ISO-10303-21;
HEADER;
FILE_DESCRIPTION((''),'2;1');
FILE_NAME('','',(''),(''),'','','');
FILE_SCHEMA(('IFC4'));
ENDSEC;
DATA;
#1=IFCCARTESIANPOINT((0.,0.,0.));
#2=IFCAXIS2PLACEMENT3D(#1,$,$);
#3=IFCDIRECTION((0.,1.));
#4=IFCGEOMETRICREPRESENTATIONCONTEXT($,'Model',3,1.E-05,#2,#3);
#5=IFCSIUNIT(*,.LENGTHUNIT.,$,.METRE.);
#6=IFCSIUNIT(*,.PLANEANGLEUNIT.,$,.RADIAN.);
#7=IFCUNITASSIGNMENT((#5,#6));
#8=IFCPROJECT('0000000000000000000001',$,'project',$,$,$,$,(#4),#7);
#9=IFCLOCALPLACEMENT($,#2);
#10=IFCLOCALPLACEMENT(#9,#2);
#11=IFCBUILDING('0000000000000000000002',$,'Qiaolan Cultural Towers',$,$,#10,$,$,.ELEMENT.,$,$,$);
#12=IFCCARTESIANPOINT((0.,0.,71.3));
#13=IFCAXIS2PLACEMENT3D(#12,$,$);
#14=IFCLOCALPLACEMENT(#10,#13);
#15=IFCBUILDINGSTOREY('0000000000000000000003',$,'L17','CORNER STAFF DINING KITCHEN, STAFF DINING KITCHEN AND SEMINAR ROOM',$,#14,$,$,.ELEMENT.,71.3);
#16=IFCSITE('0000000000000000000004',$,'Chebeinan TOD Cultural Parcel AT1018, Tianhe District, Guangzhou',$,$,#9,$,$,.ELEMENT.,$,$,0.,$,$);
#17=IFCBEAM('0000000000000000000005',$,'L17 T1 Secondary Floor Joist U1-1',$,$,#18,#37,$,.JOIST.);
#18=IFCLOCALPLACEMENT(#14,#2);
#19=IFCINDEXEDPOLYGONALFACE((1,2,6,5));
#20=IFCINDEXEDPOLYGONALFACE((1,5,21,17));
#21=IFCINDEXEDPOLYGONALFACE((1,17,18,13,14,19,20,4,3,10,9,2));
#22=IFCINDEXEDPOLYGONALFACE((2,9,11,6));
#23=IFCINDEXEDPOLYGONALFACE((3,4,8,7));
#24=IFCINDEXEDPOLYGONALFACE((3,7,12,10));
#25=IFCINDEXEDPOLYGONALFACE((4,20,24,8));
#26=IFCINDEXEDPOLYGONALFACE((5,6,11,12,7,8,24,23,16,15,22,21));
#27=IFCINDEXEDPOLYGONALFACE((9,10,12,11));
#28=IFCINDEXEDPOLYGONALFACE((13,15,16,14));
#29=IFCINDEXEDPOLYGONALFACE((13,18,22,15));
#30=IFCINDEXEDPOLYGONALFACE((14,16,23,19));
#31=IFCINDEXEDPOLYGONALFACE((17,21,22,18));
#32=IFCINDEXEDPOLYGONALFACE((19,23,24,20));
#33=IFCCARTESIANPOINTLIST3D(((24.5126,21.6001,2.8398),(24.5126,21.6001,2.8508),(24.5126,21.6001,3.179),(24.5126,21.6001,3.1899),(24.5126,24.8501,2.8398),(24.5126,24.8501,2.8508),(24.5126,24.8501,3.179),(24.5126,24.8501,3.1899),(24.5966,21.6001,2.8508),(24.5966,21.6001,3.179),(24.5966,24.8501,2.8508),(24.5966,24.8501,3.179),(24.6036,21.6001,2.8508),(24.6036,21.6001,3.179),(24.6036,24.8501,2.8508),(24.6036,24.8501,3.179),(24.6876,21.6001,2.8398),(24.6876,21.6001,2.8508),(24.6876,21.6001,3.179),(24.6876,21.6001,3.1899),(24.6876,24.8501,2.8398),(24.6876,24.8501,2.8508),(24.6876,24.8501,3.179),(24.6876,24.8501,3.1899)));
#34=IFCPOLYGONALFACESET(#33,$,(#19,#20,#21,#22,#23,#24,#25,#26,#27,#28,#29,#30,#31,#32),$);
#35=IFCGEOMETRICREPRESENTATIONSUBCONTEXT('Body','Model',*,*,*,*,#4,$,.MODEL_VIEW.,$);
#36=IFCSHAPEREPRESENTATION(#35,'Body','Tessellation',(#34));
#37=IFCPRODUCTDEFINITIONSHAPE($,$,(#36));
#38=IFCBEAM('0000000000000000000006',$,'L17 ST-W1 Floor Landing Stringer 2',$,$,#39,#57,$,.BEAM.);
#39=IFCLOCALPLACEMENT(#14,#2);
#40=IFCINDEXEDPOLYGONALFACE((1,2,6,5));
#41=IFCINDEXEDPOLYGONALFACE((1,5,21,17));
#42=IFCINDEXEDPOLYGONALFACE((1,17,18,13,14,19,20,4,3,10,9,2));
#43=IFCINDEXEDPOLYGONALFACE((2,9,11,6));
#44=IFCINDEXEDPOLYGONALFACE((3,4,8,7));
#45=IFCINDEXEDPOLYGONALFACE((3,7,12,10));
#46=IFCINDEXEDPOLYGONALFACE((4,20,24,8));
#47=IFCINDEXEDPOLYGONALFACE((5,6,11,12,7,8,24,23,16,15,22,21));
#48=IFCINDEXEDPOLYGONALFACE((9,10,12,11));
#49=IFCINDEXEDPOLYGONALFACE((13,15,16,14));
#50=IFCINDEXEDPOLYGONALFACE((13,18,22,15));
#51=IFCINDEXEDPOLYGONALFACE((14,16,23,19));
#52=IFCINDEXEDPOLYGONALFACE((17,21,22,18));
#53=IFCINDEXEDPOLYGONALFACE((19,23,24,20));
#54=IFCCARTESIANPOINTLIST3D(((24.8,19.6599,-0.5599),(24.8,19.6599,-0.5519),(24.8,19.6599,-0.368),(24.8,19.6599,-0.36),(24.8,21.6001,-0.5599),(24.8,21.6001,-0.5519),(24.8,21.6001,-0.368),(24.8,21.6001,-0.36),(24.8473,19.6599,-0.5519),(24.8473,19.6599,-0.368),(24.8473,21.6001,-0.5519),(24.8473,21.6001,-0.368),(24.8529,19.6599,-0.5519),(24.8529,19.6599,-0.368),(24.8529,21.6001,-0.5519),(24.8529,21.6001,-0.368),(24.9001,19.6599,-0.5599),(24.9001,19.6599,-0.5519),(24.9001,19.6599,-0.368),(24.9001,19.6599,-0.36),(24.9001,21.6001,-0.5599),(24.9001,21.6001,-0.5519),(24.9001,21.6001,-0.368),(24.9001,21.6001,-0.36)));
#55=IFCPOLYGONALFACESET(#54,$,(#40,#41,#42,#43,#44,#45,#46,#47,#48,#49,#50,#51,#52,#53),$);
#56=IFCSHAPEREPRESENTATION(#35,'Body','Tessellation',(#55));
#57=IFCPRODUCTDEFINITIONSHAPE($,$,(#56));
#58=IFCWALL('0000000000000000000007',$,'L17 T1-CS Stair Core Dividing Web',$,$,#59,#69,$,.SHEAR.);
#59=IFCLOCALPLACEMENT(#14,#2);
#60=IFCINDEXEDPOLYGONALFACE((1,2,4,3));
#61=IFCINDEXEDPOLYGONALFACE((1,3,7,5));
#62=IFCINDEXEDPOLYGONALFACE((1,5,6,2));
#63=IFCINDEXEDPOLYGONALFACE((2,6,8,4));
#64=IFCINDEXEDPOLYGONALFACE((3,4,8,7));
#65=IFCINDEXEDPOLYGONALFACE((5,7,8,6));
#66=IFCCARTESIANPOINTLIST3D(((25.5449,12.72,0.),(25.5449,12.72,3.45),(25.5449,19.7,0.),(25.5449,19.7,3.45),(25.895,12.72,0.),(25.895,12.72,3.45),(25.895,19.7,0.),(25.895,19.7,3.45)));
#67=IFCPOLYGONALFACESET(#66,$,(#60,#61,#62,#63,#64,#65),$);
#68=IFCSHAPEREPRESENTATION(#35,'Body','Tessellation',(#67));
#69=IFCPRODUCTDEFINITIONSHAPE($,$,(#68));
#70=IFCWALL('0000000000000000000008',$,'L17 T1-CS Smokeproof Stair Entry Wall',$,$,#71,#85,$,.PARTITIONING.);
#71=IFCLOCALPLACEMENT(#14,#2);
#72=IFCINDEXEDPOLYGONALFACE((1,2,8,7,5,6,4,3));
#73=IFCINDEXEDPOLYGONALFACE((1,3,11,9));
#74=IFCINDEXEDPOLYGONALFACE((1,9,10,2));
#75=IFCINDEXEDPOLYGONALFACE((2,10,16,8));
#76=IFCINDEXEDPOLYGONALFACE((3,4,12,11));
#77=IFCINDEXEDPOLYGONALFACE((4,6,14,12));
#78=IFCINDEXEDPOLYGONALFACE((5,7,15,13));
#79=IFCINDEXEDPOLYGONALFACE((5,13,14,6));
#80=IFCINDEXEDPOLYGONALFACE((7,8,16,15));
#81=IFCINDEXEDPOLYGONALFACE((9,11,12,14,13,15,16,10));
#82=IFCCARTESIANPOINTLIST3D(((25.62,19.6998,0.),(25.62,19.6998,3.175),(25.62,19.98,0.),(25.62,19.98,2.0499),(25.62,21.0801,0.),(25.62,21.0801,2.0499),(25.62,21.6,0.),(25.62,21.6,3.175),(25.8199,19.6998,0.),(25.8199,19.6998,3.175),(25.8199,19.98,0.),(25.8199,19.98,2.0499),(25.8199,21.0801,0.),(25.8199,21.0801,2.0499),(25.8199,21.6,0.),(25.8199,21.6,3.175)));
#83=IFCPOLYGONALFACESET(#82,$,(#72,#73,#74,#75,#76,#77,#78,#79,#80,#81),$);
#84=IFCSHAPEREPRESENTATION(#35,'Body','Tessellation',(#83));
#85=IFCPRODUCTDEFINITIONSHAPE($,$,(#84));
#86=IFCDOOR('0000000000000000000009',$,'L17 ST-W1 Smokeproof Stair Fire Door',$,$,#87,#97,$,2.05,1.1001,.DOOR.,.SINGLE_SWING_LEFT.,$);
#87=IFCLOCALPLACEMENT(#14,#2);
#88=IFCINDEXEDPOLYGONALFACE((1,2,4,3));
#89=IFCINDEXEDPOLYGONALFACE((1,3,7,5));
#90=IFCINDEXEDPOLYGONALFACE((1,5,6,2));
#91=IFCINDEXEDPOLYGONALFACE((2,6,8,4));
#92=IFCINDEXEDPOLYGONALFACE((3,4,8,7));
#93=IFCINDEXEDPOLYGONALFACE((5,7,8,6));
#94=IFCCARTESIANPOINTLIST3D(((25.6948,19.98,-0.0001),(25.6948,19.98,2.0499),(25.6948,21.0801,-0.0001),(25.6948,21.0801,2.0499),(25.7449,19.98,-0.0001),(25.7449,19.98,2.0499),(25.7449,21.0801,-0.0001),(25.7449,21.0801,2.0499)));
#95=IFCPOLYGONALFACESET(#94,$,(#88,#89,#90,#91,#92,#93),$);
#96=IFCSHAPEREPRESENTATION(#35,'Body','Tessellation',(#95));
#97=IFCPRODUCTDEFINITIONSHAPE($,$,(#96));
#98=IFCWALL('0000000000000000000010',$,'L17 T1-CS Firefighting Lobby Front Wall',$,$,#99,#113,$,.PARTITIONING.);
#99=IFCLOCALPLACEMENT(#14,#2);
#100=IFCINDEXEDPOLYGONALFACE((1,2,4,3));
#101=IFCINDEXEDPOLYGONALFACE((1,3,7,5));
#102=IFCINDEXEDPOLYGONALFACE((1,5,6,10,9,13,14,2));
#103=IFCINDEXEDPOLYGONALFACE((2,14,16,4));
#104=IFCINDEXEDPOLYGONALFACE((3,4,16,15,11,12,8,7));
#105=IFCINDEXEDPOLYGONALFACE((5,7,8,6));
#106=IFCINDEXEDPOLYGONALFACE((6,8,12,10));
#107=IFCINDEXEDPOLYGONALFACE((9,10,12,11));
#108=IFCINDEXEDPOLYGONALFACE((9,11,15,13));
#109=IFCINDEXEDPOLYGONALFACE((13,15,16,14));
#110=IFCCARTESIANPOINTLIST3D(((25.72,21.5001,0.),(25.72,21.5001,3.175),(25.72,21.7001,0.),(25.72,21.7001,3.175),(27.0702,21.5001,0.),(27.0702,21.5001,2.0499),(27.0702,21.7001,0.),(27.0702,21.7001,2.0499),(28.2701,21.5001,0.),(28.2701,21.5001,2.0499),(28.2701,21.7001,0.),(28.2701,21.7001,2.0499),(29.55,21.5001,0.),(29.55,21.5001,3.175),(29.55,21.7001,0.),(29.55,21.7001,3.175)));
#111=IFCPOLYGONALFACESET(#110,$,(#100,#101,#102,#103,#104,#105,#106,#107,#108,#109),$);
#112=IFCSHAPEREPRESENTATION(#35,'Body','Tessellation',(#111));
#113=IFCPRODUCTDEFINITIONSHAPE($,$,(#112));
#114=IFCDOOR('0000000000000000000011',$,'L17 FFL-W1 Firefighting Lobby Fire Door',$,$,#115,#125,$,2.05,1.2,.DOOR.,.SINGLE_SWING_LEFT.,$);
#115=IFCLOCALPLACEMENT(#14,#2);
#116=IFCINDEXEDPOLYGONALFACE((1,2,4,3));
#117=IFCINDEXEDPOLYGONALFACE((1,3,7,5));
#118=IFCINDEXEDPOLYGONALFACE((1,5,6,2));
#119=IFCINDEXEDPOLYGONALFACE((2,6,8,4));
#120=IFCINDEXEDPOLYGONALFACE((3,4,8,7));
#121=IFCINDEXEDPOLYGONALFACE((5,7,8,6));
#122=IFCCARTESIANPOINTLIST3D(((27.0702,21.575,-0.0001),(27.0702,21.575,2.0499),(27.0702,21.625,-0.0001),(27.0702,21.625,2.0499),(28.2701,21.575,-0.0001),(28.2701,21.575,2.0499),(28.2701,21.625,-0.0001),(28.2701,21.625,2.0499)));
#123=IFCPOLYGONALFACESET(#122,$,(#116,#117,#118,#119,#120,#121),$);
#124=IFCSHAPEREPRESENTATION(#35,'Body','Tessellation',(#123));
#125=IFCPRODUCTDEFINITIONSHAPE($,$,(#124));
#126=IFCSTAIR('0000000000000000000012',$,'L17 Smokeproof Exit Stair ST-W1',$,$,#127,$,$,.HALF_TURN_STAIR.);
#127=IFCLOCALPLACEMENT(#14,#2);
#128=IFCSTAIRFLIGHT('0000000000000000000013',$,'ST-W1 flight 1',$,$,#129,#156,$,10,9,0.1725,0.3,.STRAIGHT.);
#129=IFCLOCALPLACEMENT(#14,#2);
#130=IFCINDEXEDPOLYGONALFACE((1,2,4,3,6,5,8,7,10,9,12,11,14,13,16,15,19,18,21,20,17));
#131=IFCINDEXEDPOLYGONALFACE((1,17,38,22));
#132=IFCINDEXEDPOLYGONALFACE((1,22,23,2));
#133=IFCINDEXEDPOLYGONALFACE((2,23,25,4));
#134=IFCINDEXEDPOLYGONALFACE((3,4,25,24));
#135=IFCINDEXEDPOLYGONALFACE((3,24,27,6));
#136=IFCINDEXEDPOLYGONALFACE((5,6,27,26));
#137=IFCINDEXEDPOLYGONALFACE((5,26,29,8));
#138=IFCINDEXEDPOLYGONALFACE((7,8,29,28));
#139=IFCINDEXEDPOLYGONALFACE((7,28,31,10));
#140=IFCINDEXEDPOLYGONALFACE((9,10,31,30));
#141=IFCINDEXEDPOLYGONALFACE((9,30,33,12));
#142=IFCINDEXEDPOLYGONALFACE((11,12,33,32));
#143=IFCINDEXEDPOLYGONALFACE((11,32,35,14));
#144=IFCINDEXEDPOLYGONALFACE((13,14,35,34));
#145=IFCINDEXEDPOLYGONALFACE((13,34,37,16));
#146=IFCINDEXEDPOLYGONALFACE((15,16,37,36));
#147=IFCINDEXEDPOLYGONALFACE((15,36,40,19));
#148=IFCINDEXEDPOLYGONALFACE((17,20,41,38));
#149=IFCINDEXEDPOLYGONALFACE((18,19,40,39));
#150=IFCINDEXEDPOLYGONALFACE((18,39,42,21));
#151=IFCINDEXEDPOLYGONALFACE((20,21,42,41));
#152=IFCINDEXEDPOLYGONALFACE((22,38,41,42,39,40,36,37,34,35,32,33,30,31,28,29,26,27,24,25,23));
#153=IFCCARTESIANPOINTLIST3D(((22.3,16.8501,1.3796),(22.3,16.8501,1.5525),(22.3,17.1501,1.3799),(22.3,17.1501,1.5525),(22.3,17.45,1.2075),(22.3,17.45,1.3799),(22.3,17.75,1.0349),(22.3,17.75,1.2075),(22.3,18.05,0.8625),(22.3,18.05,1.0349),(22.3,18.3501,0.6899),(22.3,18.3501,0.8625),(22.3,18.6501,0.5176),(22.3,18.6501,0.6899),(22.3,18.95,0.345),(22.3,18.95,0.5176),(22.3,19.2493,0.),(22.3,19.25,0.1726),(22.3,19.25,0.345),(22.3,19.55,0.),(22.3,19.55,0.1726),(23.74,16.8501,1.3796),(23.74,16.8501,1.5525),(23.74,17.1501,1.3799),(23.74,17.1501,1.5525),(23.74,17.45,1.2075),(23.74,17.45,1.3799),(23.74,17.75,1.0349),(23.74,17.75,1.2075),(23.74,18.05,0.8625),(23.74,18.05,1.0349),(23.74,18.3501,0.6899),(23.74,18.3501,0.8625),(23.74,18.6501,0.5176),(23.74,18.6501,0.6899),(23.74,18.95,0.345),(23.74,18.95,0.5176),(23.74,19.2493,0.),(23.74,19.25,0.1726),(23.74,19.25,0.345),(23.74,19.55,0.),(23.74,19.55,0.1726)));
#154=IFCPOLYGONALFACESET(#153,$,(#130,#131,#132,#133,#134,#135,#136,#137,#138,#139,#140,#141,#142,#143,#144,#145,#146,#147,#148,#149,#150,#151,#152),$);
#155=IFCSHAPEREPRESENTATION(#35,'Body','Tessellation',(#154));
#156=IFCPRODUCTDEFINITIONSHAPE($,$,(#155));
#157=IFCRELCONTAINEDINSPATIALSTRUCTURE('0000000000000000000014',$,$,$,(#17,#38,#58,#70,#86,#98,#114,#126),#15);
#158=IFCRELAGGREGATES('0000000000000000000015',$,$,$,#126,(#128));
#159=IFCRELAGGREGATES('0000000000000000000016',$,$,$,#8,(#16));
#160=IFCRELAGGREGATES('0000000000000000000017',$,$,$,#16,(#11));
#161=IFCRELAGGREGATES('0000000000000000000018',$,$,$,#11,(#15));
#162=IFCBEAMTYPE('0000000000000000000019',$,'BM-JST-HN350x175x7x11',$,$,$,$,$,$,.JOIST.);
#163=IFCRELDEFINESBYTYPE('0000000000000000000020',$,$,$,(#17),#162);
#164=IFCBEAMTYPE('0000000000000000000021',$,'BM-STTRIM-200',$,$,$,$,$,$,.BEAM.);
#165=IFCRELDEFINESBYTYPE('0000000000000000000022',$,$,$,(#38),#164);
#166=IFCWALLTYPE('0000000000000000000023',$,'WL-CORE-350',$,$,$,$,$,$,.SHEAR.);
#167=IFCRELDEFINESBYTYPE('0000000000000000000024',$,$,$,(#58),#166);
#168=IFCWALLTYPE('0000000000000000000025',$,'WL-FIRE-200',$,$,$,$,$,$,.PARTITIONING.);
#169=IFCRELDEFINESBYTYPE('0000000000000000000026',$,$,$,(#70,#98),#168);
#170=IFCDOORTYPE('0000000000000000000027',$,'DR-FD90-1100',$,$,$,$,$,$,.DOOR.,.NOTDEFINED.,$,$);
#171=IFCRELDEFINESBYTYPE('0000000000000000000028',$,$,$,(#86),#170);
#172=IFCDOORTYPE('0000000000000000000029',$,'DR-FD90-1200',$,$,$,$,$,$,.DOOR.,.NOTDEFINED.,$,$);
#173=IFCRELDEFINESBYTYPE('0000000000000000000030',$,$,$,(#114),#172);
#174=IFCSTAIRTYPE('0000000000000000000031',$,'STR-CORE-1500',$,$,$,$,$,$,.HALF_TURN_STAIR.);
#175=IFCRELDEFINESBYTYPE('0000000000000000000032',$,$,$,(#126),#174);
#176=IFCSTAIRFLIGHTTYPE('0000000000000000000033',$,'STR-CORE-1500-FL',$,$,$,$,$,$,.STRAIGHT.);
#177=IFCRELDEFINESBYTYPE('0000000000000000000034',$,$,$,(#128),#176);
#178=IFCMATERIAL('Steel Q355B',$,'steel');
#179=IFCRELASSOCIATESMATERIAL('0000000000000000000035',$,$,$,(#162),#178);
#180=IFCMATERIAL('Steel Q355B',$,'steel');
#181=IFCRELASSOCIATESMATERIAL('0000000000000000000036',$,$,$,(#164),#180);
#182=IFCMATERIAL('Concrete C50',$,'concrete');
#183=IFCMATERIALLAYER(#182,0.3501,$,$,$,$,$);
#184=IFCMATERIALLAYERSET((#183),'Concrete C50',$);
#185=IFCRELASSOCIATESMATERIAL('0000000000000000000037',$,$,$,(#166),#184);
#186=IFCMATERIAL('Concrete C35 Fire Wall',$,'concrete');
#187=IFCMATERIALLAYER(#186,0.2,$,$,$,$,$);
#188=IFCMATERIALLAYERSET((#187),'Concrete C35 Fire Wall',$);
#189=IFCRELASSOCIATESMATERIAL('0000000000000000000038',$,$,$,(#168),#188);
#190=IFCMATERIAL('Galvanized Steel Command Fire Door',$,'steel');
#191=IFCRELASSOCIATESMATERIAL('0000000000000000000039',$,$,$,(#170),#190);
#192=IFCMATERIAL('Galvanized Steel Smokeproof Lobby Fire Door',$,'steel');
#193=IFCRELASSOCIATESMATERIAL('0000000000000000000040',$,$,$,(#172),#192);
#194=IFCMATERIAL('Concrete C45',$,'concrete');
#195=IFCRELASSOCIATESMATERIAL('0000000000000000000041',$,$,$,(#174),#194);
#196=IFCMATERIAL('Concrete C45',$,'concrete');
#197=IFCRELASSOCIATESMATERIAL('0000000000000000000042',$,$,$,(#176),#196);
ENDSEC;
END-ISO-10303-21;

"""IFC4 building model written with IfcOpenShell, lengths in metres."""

from ifc_helpers import new_model, si_unit, direction, frame, frame_2d, origin, origin_2d, place, context, subcontext, project, spatial, polyline, rectangle, i_section, outline, extrude, material, layer, layer_set, material_profile, profile_set, type_object, element, fill, aggregate, save


model = new_model("IFC4")

# Units and contexts
model_context = context("Model", 3, precision=1e-05, world=origin(), true_north=direction((0.0, 1.0)))
body_context = subcontext(model_context, "Body", "Model", "MODEL_VIEW")
ifc_project = project(units=[si_unit("LENGTHUNIT", "METRE"), si_unit("PLANEANGLEUNIT", "RADIAN")], contexts=[model_context])

# Site, building, storey
site_placement = place(None, origin())
site = spatial("IfcSite", under=ifc_project, at=site_placement, Name="Chebeinan TOD Cultural Parcel AT1018, Tianhe District, Guangzhou", CompositionType="ELEMENT", RefElevation=0.0)
building_placement = place(site_placement, origin())
building = spatial("IfcBuilding", under=site, at=building_placement, Name="Qiaolan Cultural Towers", CompositionType="ELEMENT")
storey_placement = place(building_placement, frame((0.0, 0.0, 71.3)))
storey = spatial("IfcBuildingStorey", under=building, at=storey_placement, Name="L17", Description="CORNER STAFF DINING KITCHEN, STAFF DINING KITCHEN AND SEMINAR ROOM", CompositionType="ELEMENT", Elevation=71.3)

# Beams
ifc_material_1 = material(Name="Steel Q355B", Category="steel")
ifc_material_profile_1 = material_profile(ifc_material_1, i_section(OverallWidth=0.175, OverallDepth=0.3501, WebThickness=0.0071, FlangeThickness=0.011, at=origin_2d()), Name="HN350x175x7x11")
ifc_profile_set_1 = profile_set([ifc_material_profile_1], Name="Steel Q355B")
beam_type_1 = type_object("IfcBeamType", Name="BM-JST-HN350x175x7x11", PredefinedType="JOIST", material=ifc_profile_set_1)
beam_1_placement = place(storey_placement, frame((24.6001, 21.6001, 3.0149), z_axis=(0.0, 1.0, 0.0), x_axis=(-1.0, 0.0, 0.0)))
element("IfcBeam", 1, at=beam_1_placement, inside=storey, type_object=beam_type_1, Name="L17 T1 Secondary Floor Joist U1-1", PredefinedType="JOIST", context=body_context, shape_type="SweptSolid", body=[
    extrude(i_section(OverallWidth=0.175, OverallDepth=0.3501, WebThickness=0.0071, FlangeThickness=0.011, at=origin_2d()), origin(), (0.0, 0.0, 1.0), 3.25),
])
ifc_material_2 = material(Name="Steel Q355B", Category="steel")
ifc_material_profile_2 = material_profile(ifc_material_2, i_section(OverallWidth=0.1001, OverallDepth=0.2, WebThickness=0.0056, FlangeThickness=0.0081, at=origin_2d()), Name="HN200x100x5.5x8")
ifc_profile_set_2 = profile_set([ifc_material_profile_2], Name="Steel Q355B")
beam_type_2 = type_object("IfcBeamType", Name="BM-STTRIM-200", PredefinedType="BEAM", material=ifc_profile_set_2)
beam_2_placement = place(storey_placement, frame((24.8501, 21.6001, -0.46), z_axis=(0.0, -1.0, 0.0), x_axis=(1.0, 0.0, 0.0)))
element("IfcBeam", 2, at=beam_2_placement, inside=storey, type_object=beam_type_2, Name="L17 ST-W1 Floor Landing Stringer 2", PredefinedType="BEAM", context=body_context, shape_type="SweptSolid", body=[
    extrude(i_section(OverallWidth=0.1001, OverallDepth=0.2, WebThickness=0.0056, FlangeThickness=0.0081, at=origin_2d()), origin(), (0.0, 0.0, 1.0), 1.9402),
])

# Wall
ifc_material_3 = material(Name="Concrete C50", Category="concrete")
ifc_layer_1 = layer(ifc_material_3, 0.3501)
ifc_layer_set_1 = layer_set([ifc_layer_1], Name="Concrete C50")
wall_type_1 = type_object("IfcWallType", Name="WL-CORE-350", PredefinedType="SHEAR", material=ifc_layer_set_1)
wall_1_placement = place(storey_placement, frame((25.72, 19.7, 0.0), z_axis=(0.0, 0.0, 1.0), x_axis=(0.0, -1.0, 0.0)))
element("IfcWall", 3, at=wall_1_placement, inside=storey, type_object=wall_type_1, Name="L17 T1-CS Stair Core Dividing Web", PredefinedType="SHEAR", context=body_context, shape_type="SweptSolid", body=[
    extrude(rectangle(XDim=6.98, YDim=0.3501, at=frame_2d((3.49, 0.0))), origin(), (0.0, 0.0, 1.0), 3.45),
])

# Walls, openings, doors
ifc_material_4 = material(Name="Concrete C35 Fire Wall", Category="concrete")
ifc_layer_2 = layer(ifc_material_4, 0.2)
ifc_layer_set_2 = layer_set([ifc_layer_2], Name="Concrete C35 Fire Wall")
wall_type_2 = type_object("IfcWallType", Name="WL-FIRE-200", PredefinedType="PARTITIONING", material=ifc_layer_set_2)
wall_2_placement = place(storey_placement, frame((25.72, 21.6001, 0.0), z_axis=(0.0, 0.0, 1.0), x_axis=(0.0, -1.0, 0.0)))
wall_2 = element("IfcWall", 4, at=wall_2_placement, inside=storey, type_object=wall_type_2, Name="L17 T1-CS Smokeproof Stair Entry Wall", PredefinedType="PARTITIONING", context=body_context, shape_type="SweptSolid", body=[
    extrude(rectangle(XDim=1.9001, YDim=0.2, at=frame_2d((0.9502, 0.0))), origin(), (0.0, 0.0, 1.0), 3.175),
])
opening_1_placement = place(wall_2_placement, frame((0.52, 0.0, 0.0)))
opening_1 = element("IfcOpeningElement", 5, at=opening_1_placement, cuts=wall_2, PredefinedType="OPENING", context=body_context, shape_type="SweptSolid", body=[
    extrude(rectangle(XDim=1.1001, YDim=2.05, at=frame_2d((0.55, 1.0249))), frame((0.0, 0.1099, 0.0), z_axis=(0.0, -1.0, 0.0), x_axis=(1.0, 0.0, 0.0)), (0.0, 0.0, 1.0), 0.22),
])
ifc_material_5 = material(Name="Galvanized Steel Command Fire Door", Category="steel")
door_type_1 = type_object("IfcDoorType", Name="DR-FD90-1100", OperationType="NOTDEFINED", PredefinedType="DOOR", material=ifc_material_5)
door_1_placement = place(opening_1_placement, origin())
door_1 = element("IfcDoor", 6, at=door_1_placement, inside=storey, type_object=door_type_1, Name="L17 ST-W1 Smokeproof Stair Fire Door", OperationType="SINGLE_SWING_LEFT", OverallHeight=2.05, OverallWidth=1.1001, PredefinedType="DOOR", context=body_context, shape_type="SweptSolid", body=[
    extrude(rectangle(XDim=1.1001, YDim=2.05, at=frame_2d((0.55, 1.0249))), frame((0.0, 0.0249, 0.0), z_axis=(0.0, -1.0, 0.0), x_axis=(1.0, 0.0, 0.0)), (0.0, 0.0, 1.0), 0.05),
])
fill(opening_1, door_1)
wall_3_placement = place(storey_placement, frame((25.72, 21.6001, 0.0), z_axis=(0.0, 0.0, 1.0), x_axis=(1.0, 0.0, 0.0)))
wall_3 = element("IfcWall", 7, at=wall_3_placement, inside=storey, type_object=wall_type_2, Name="L17 T1-CS Firefighting Lobby Front Wall", PredefinedType="PARTITIONING", context=body_context, shape_type="SweptSolid", body=[
    extrude(rectangle(XDim=3.8301, YDim=0.2, at=frame_2d((1.915, 0.0))), origin(), (0.0, 0.0, 1.0), 3.175),
])
opening_2_placement = place(wall_3_placement, frame((1.3501, 0.0, 0.0)))
opening_2 = element("IfcOpeningElement", 8, at=opening_2_placement, cuts=wall_3, PredefinedType="OPENING", context=body_context, shape_type="SweptSolid", body=[
    extrude(rectangle(XDim=1.2, YDim=2.05, at=frame_2d((0.6001, 1.0249))), frame((0.0, 0.1099, 0.0), z_axis=(0.0, -1.0, 0.0), x_axis=(1.0, 0.0, 0.0)), (0.0, 0.0, 1.0), 0.22),
])
ifc_material_6 = material(Name="Galvanized Steel Smokeproof Lobby Fire Door", Category="steel")
door_type_2 = type_object("IfcDoorType", Name="DR-FD90-1200", OperationType="NOTDEFINED", PredefinedType="DOOR", material=ifc_material_6)
door_2_placement = place(opening_2_placement, origin())
door_2 = element("IfcDoor", 9, at=door_2_placement, inside=storey, type_object=door_type_2, Name="L17 FFL-W1 Firefighting Lobby Fire Door", OperationType="SINGLE_SWING_LEFT", OverallHeight=2.05, OverallWidth=1.2, PredefinedType="DOOR", context=body_context, shape_type="SweptSolid", body=[
    extrude(rectangle(XDim=1.2, YDim=2.05, at=frame_2d((0.6001, 1.0249))), frame((0.0, 0.0249, 0.0), z_axis=(0.0, -1.0, 0.0), x_axis=(1.0, 0.0, 0.0)), (0.0, 0.0, 1.0), 0.05),
])
fill(opening_2, door_2)

# Stair, stair flight
ifc_material_7 = material(Name="Concrete C45", Category="concrete")
stair_type = type_object("IfcStairType", Name="STR-CORE-1500", PredefinedType="HALF_TURN_STAIR", material=ifc_material_7)
stair_placement = place(storey_placement, origin())
stair = element("IfcStair", 10, at=stair_placement, inside=storey, type_object=stair_type, Name="L17 Smokeproof Exit Stair ST-W1", PredefinedType="HALF_TURN_STAIR")
ifc_material_8 = material(Name="Concrete C45", Category="concrete")
stair_flight_type = type_object("IfcStairFlightType", Name="STR-CORE-1500-FL", PredefinedType="STRAIGHT", material=ifc_material_8)
stair_flight_1_placement = place(storey_placement, frame((23.02, 19.55, 0.0), z_axis=(0.0, 0.0, 1.0), x_axis=(0.0, -1.0, 0.0)))
stair_flight_1 = element("IfcStairFlight", 11, at=stair_flight_1_placement, type_object=stair_flight_type, Name="ST-W1 flight 1", NumberOfRisers=10, NumberOfTreads=9, PredefinedType="STRAIGHT", RiserHeight=0.1725, TreadLength=0.3, context=body_context, shape_type="SweptSolid", body=[
    extrude(outline(polyline([(0.0, 0.0), (0.0, 0.1726), (0.3, 0.1726), (0.3, 0.345), (0.6001, 0.345), (0.6001, 0.5176), (0.8999, 0.5176), (0.8999, 0.6899), (1.2, 0.6899), (1.2, 0.8625), (1.5, 0.8625), (1.5, 1.0349), (1.8, 1.0349), (1.8, 1.2075), (2.1001, 1.2075), (2.1001, 1.3799), (2.3999, 1.3799), (2.3999, 1.5525), (2.7, 1.5525), (2.7, 1.7251), (2.7, 1.3796), (0.3008, 0.0), (0.0, 0.0)])), frame((0.0, 0.72, 0.0), z_axis=(0.0, -1.0, 0.0), x_axis=(1.0, 0.0, 0.0)), (0.0, 0.0, 1.0), 1.4399),
])
aggregate(stair, [stair_flight_1])

save(model, "model.ifc")
